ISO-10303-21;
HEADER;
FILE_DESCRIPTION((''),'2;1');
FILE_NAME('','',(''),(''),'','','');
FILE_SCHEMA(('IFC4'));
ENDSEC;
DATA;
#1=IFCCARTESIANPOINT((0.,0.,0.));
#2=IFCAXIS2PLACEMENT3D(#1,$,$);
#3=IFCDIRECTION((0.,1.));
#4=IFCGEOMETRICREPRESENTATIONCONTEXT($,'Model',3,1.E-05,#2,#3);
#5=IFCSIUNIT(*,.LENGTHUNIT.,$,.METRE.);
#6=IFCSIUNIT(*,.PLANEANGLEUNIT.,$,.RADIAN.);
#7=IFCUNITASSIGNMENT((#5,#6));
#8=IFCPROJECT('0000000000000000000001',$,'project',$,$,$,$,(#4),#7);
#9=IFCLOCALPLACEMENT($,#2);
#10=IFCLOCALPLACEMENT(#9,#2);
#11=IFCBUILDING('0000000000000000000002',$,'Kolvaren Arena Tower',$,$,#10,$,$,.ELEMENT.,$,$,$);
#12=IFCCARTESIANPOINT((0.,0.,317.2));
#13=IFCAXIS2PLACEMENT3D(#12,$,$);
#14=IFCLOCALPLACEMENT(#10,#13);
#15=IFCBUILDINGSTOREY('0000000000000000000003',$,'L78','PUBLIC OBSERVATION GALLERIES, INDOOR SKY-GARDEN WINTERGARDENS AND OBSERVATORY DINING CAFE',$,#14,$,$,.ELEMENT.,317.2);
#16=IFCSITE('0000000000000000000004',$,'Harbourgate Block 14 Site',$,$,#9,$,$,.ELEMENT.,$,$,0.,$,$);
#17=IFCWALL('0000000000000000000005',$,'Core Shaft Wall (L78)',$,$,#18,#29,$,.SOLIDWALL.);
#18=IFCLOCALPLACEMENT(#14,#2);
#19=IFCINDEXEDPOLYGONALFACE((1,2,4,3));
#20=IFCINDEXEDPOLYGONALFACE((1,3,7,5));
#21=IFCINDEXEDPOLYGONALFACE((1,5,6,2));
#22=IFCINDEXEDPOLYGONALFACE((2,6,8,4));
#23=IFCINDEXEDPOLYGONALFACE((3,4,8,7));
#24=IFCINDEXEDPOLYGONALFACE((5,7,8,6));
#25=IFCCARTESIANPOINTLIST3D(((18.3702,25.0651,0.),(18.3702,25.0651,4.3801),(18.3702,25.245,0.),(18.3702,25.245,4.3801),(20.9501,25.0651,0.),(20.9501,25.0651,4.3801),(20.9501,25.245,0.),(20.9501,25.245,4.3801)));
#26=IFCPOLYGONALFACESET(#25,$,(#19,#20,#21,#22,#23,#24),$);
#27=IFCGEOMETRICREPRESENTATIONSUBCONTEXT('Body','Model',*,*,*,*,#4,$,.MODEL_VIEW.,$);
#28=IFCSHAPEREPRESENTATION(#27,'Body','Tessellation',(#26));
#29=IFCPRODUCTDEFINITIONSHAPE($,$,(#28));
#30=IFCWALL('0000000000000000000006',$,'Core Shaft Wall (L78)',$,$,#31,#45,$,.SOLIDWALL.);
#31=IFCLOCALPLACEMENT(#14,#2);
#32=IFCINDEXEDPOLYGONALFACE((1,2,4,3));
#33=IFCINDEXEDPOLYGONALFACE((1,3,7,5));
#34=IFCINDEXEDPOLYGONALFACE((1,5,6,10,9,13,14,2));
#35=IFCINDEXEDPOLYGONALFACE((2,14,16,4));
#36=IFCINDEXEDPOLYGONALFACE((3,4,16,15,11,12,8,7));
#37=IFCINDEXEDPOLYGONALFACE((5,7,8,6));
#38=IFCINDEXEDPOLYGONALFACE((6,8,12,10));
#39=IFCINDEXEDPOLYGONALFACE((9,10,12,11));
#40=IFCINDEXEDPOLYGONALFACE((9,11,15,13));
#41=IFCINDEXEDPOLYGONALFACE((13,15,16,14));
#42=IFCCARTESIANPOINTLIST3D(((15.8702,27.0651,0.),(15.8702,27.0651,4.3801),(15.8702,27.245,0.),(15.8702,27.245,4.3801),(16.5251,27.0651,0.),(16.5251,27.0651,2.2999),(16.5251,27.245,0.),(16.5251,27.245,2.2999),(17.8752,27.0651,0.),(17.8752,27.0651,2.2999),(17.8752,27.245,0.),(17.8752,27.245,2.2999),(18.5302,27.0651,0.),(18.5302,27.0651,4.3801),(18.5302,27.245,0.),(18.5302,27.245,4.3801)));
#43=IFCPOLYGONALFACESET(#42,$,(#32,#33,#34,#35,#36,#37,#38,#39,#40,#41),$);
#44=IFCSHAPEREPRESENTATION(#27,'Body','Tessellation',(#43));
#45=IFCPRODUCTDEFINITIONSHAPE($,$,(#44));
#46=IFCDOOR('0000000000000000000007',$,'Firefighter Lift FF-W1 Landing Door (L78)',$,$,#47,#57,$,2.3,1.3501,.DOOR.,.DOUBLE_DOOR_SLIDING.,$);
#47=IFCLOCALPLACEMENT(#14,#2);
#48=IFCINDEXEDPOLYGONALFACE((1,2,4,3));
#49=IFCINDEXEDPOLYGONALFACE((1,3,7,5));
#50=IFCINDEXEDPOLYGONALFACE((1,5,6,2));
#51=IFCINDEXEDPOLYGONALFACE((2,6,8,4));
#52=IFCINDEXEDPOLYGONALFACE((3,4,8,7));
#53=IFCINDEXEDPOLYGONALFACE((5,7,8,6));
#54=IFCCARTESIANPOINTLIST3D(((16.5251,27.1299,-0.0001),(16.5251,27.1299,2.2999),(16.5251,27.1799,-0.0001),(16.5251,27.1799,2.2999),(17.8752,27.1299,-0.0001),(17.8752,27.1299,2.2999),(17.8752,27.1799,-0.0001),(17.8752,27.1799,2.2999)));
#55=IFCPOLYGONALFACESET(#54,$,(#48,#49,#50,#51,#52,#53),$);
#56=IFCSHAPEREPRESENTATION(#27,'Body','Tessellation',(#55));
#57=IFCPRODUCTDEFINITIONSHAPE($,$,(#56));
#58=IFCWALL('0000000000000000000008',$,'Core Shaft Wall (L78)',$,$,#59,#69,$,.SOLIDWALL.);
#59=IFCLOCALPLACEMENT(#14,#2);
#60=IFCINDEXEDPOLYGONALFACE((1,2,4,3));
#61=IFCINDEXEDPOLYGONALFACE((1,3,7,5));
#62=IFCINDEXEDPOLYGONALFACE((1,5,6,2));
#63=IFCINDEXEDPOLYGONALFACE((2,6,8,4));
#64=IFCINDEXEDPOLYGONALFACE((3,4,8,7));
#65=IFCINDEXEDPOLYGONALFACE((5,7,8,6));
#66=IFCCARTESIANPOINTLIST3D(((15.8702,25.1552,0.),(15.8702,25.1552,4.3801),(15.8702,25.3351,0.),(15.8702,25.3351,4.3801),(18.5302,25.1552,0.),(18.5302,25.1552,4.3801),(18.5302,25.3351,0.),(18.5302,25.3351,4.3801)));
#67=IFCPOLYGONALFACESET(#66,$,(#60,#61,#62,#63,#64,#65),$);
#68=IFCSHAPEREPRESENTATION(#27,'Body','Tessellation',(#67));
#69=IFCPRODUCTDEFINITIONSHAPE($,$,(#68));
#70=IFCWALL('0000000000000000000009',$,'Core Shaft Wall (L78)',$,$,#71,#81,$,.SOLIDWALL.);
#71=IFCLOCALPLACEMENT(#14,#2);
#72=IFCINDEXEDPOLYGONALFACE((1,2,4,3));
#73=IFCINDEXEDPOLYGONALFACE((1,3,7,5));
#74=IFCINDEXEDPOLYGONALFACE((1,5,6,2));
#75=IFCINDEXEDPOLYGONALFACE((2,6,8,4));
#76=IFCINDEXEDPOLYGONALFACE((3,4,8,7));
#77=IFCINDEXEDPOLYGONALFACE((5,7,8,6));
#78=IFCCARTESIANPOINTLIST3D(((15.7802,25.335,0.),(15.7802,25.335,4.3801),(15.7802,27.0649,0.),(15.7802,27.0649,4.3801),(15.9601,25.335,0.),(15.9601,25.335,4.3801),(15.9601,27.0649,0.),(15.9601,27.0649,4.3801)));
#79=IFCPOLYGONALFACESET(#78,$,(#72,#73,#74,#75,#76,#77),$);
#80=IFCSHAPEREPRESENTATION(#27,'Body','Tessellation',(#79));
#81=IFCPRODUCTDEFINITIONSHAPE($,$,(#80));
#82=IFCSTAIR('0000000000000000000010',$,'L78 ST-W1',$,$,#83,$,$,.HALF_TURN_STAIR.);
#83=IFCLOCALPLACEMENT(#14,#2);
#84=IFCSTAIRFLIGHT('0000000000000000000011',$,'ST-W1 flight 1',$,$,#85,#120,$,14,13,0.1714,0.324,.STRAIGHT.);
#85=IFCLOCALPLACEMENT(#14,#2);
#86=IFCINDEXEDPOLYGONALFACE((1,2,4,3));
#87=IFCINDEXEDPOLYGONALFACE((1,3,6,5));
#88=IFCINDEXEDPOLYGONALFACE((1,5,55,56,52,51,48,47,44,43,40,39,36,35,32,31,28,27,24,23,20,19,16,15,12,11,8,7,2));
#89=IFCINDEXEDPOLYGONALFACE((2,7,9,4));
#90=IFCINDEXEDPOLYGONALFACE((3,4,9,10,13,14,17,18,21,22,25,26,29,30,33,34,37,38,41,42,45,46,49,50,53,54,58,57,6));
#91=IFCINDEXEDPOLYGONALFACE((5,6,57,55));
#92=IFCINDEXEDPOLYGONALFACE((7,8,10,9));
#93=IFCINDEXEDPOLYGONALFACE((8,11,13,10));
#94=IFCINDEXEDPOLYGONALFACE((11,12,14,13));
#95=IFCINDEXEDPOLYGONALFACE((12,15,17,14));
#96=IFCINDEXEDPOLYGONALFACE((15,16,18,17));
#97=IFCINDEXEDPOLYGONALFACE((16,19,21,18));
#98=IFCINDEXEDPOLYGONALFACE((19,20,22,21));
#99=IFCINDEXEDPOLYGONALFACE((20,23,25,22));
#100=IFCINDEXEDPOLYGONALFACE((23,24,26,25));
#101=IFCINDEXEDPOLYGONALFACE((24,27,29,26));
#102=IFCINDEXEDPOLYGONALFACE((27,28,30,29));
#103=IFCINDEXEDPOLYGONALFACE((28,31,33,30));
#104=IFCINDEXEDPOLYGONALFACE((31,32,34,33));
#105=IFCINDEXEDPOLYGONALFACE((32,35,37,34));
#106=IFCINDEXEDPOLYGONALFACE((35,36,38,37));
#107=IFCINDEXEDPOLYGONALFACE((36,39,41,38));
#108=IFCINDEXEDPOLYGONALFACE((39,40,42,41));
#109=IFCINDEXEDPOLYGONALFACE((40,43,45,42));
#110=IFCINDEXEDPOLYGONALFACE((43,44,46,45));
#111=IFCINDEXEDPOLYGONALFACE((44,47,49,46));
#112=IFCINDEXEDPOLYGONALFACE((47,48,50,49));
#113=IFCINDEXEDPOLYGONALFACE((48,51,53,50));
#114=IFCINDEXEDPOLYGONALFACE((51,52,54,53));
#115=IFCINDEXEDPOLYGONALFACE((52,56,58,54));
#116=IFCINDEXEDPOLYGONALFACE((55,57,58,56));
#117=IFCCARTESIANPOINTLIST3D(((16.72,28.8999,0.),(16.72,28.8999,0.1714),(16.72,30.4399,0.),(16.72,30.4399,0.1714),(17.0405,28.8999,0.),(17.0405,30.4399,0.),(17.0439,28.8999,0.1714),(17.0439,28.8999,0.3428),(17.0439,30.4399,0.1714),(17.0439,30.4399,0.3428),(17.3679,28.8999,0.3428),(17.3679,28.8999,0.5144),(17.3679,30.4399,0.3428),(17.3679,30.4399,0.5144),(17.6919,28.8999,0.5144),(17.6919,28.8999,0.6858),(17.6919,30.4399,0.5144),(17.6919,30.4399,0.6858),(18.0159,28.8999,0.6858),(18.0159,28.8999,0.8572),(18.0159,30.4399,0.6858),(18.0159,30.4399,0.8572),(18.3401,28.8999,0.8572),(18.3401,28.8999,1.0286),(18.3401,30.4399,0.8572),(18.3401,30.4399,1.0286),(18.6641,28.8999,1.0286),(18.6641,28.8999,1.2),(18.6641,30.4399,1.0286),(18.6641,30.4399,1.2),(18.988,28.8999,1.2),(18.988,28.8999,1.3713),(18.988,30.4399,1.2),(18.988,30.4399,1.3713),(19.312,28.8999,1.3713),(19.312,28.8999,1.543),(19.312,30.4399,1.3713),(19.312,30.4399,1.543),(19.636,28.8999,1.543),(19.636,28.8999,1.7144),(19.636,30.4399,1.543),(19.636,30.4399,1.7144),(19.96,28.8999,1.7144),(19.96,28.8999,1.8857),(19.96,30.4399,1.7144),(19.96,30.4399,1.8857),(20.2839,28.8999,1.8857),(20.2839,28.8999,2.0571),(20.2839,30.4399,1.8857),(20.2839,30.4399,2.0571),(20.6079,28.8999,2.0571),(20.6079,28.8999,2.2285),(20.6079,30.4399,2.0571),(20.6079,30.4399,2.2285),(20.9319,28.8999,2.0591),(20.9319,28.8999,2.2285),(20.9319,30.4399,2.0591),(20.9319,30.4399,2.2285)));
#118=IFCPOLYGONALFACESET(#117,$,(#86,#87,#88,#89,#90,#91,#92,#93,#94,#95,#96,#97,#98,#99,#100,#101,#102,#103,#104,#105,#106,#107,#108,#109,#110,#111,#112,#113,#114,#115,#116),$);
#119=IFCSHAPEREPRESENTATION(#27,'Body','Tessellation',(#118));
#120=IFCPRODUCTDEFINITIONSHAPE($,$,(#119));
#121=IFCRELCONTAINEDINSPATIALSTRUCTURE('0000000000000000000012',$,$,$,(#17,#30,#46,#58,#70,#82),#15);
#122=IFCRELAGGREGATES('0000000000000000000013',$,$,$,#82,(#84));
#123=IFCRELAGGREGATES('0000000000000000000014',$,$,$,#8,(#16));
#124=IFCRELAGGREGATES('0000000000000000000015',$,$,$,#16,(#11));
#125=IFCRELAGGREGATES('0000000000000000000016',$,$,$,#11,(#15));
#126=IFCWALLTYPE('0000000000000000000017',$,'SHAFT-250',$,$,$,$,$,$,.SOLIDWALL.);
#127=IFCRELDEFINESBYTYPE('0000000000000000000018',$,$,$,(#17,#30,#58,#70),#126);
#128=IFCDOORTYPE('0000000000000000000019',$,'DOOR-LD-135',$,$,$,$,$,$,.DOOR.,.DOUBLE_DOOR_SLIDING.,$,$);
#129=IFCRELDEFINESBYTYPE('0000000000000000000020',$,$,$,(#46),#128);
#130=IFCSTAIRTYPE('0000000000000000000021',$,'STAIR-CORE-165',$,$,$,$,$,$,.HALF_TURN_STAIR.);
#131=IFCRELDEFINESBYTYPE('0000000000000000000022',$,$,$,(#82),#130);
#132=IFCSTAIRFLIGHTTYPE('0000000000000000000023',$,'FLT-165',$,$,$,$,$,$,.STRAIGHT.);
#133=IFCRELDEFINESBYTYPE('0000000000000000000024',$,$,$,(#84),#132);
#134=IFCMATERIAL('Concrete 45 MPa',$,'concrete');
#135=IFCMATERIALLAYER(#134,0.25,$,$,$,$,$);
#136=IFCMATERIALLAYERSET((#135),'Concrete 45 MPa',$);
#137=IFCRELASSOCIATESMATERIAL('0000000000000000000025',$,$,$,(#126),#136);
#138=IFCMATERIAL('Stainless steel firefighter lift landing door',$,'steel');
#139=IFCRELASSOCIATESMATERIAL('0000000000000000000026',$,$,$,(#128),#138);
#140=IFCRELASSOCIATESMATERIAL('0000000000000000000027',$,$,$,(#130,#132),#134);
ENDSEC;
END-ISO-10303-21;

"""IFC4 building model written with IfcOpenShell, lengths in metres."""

from ifc_helpers import new_model, si_unit, direction, frame, frame_2d, origin, place, context, subcontext, project, spatial, polyline, rectangle, outline, extrude, material, layer, layer_set, type_object, element, fill, aggregate, save


model = new_model("IFC4")

# Units and contexts
model_context = context("Model", 3, precision=1e-05, world=origin(), true_north=direction((0.0, 1.0)))
body_context = subcontext(model_context, "Body", "Model", "MODEL_VIEW")
ifc_project = project(units=[si_unit("LENGTHUNIT", "METRE"), si_unit("PLANEANGLEUNIT", "RADIAN")], contexts=[model_context])

# Site, building, storey
site_placement = place(None, origin())
site = spatial("IfcSite", under=ifc_project, at=site_placement, Name="Harbourgate Block 14 Site", CompositionType="ELEMENT", RefElevation=0.0)
building_placement = place(site_placement, origin())
building = spatial("IfcBuilding", under=site, at=building_placement, Name="Kolvaren Arena Tower", CompositionType="ELEMENT")
storey_placement = place(building_placement, frame((0.0, 0.0, 317.2)))
storey = spatial("IfcBuildingStorey", under=building, at=storey_placement, Name="L78", Description="PUBLIC OBSERVATION GALLERIES, INDOOR SKY-GARDEN WINTERGARDENS AND OBSERVATORY DINING CAFE", CompositionType="ELEMENT", Elevation=317.2)

# Wall
ifc_material_1 = material(Name="Concrete 45 MPa", Category="concrete")
ifc_layer_1 = layer(ifc_material_1, 0.25)
ifc_layer_set_1 = layer_set([ifc_layer_1], Name="Concrete 45 MPa")
wall_type_1 = type_object("IfcWallType", Name="SHAFT-250", PredefinedType="SOLIDWALL", material=ifc_layer_set_1)
wall_1_placement = place(storey_placement, frame((18.3701, 25.155, 0.0), z_axis=(0.0, 0.0, 1.0), x_axis=(1.0, 0.0, 0.0)))
element("IfcWall", 1, at=wall_1_placement, inside=storey, type_object=wall_type_1, Name="Core Shaft Wall (L78)", PredefinedType="SOLIDWALL", context=body_context, shape_type="SweptSolid", body=[
    extrude(rectangle(XDim=2.5798, YDim=0.1799, at=frame_2d((1.29, 0.0))), origin(), (0.0, 0.0, 1.0), 4.3801),
])

# Wall, opening, door
wall_2_placement = place(storey_placement, frame((15.8701, 27.155, 0.0), z_axis=(0.0, 0.0, 1.0), x_axis=(1.0, 0.0, 0.0)))
wall_2 = element("IfcWall", 2, at=wall_2_placement, inside=storey, type_object=wall_type_1, Name="Core Shaft Wall (L78)", PredefinedType="SOLIDWALL", context=body_context, shape_type="SweptSolid", body=[
    extrude(rectangle(XDim=2.6599, YDim=0.1799, at=frame_2d((1.3301, 0.0))), origin(), (0.0, 0.0, 1.0), 4.3801),
])
opening_placement = place(wall_2_placement, frame((0.655, 0.0, 0.0)))
opening = element("IfcOpeningElement", 3, at=opening_placement, cuts=wall_2, PredefinedType="OPENING", context=body_context, shape_type="SweptSolid", body=[
    extrude(rectangle(XDim=1.3501, YDim=2.3, at=frame_2d((0.675, 1.1499))), frame((0.0, 0.0999, 0.0), z_axis=(0.0, -1.0, 0.0), x_axis=(1.0, 0.0, 0.0)), (0.0, 0.0, 1.0), 0.2),
])
ifc_material_2 = material(Name="Stainless steel firefighter lift landing door", Category="steel")
door_type = type_object("IfcDoorType", Name="DOOR-LD-135", OperationType="DOUBLE_DOOR_SLIDING", PredefinedType="DOOR", material=ifc_material_2)
door_placement = place(opening_placement, origin())
door = element("IfcDoor", 4, at=door_placement, inside=storey, type_object=door_type, Name="Firefighter Lift FF-W1 Landing Door (L78)", OperationType="DOUBLE_DOOR_SLIDING", OverallHeight=2.3, OverallWidth=1.3501, PredefinedType="DOOR", context=body_context, shape_type="SweptSolid", body=[
    extrude(rectangle(XDim=1.3501, YDim=2.3, at=frame_2d((0.675, 1.1499))), frame((0.0, 0.0249, 0.0), z_axis=(0.0, -1.0, 0.0), x_axis=(1.0, 0.0, 0.0)), (0.0, 0.0, 1.0), 0.05),
])
fill(opening, door)

# Walls
wall_3_placement = place(storey_placement, frame((15.8701, 25.2451, 0.0), z_axis=(0.0, 0.0, 1.0), x_axis=(1.0, 0.0, 0.0)))
element("IfcWall", 5, at=wall_3_placement, inside=storey, type_object=wall_type_1, Name="Core Shaft Wall (L78)", PredefinedType="SOLIDWALL", context=body_context, shape_type="SweptSolid", body=[
    extrude(rectangle(XDim=2.6599, YDim=0.1799, at=frame_2d((1.3301, 0.0))), origin(), (0.0, 0.0, 1.0), 4.3801),
])
wall_4_placement = place(storey_placement, frame((15.8701, 25.335, 0.0), z_axis=(0.0, 0.0, 1.0), x_axis=(0.0, 1.0, 0.0)))
element("IfcWall", 6, at=wall_4_placement, inside=storey, type_object=wall_type_1, Name="Core Shaft Wall (L78)", PredefinedType="SOLIDWALL", context=body_context, shape_type="SweptSolid", body=[
    extrude(rectangle(XDim=1.73, YDim=0.1799, at=frame_2d((0.865, 0.0))), origin(), (0.0, 0.0, 1.0), 4.3801),
])

# Stair, stair flight
stair_type = type_object("IfcStairType", Name="STAIR-CORE-165", PredefinedType="HALF_TURN_STAIR", material=ifc_material_1)
stair_placement = place(storey_placement, origin())
stair = element("IfcStair", 7, at=stair_placement, inside=storey, type_object=stair_type, Name="L78 ST-W1", PredefinedType="HALF_TURN_STAIR")
stair_flight_type = type_object("IfcStairFlightType", Name="FLT-165", PredefinedType="STRAIGHT", material=ifc_material_1)
stair_flight_placement = place(storey_placement, frame((16.72, 29.6699, 0.0), z_axis=(0.0, 0.0, 1.0), x_axis=(1.0, 0.0, 0.0)))
stair_flight = element("IfcStairFlight", 8, at=stair_flight_placement, type_object=stair_flight_type, Name="ST-W1 flight 1", NumberOfRisers=14, NumberOfTreads=13, PredefinedType="STRAIGHT", RiserHeight=0.1714, TreadLength=0.324, context=body_context, shape_type="SweptSolid", body=[
    extrude(outline(polyline([(0.0, 0.0), (0.0, 0.1714), (0.324, 0.1714), (0.324, 0.3428), (0.6479, 0.3428), (0.6479, 0.5144), (0.9719, 0.5144), (0.9719, 0.6858), (1.2959, 0.6858), (1.2959, 0.8572), (1.6201, 0.8572), (1.6201, 1.0286), (1.9441, 1.0286), (1.9441, 1.2), (2.2681, 1.2), (2.2681, 1.3713), (2.592, 1.3713), (2.592, 1.543), (2.916, 1.543), (2.916, 1.7144), (3.24, 1.7144), (3.24, 1.8857), (3.564, 1.8857), (3.564, 2.0571), (3.8879, 2.0571), (3.8879, 2.2285), (4.2119, 2.2285), (4.2119, 2.3999), (4.2119, 2.0591), (0.3206, 0.0), (0.0, 0.0)])), frame((0.0, 0.77, 0.0), z_axis=(0.0, -1.0, 0.0), x_axis=(1.0, 0.0, 0.0)), (0.0, 0.0, 1.0), 1.54),
])
aggregate(stair, [stair_flight])

save(model, "model.ifc")
